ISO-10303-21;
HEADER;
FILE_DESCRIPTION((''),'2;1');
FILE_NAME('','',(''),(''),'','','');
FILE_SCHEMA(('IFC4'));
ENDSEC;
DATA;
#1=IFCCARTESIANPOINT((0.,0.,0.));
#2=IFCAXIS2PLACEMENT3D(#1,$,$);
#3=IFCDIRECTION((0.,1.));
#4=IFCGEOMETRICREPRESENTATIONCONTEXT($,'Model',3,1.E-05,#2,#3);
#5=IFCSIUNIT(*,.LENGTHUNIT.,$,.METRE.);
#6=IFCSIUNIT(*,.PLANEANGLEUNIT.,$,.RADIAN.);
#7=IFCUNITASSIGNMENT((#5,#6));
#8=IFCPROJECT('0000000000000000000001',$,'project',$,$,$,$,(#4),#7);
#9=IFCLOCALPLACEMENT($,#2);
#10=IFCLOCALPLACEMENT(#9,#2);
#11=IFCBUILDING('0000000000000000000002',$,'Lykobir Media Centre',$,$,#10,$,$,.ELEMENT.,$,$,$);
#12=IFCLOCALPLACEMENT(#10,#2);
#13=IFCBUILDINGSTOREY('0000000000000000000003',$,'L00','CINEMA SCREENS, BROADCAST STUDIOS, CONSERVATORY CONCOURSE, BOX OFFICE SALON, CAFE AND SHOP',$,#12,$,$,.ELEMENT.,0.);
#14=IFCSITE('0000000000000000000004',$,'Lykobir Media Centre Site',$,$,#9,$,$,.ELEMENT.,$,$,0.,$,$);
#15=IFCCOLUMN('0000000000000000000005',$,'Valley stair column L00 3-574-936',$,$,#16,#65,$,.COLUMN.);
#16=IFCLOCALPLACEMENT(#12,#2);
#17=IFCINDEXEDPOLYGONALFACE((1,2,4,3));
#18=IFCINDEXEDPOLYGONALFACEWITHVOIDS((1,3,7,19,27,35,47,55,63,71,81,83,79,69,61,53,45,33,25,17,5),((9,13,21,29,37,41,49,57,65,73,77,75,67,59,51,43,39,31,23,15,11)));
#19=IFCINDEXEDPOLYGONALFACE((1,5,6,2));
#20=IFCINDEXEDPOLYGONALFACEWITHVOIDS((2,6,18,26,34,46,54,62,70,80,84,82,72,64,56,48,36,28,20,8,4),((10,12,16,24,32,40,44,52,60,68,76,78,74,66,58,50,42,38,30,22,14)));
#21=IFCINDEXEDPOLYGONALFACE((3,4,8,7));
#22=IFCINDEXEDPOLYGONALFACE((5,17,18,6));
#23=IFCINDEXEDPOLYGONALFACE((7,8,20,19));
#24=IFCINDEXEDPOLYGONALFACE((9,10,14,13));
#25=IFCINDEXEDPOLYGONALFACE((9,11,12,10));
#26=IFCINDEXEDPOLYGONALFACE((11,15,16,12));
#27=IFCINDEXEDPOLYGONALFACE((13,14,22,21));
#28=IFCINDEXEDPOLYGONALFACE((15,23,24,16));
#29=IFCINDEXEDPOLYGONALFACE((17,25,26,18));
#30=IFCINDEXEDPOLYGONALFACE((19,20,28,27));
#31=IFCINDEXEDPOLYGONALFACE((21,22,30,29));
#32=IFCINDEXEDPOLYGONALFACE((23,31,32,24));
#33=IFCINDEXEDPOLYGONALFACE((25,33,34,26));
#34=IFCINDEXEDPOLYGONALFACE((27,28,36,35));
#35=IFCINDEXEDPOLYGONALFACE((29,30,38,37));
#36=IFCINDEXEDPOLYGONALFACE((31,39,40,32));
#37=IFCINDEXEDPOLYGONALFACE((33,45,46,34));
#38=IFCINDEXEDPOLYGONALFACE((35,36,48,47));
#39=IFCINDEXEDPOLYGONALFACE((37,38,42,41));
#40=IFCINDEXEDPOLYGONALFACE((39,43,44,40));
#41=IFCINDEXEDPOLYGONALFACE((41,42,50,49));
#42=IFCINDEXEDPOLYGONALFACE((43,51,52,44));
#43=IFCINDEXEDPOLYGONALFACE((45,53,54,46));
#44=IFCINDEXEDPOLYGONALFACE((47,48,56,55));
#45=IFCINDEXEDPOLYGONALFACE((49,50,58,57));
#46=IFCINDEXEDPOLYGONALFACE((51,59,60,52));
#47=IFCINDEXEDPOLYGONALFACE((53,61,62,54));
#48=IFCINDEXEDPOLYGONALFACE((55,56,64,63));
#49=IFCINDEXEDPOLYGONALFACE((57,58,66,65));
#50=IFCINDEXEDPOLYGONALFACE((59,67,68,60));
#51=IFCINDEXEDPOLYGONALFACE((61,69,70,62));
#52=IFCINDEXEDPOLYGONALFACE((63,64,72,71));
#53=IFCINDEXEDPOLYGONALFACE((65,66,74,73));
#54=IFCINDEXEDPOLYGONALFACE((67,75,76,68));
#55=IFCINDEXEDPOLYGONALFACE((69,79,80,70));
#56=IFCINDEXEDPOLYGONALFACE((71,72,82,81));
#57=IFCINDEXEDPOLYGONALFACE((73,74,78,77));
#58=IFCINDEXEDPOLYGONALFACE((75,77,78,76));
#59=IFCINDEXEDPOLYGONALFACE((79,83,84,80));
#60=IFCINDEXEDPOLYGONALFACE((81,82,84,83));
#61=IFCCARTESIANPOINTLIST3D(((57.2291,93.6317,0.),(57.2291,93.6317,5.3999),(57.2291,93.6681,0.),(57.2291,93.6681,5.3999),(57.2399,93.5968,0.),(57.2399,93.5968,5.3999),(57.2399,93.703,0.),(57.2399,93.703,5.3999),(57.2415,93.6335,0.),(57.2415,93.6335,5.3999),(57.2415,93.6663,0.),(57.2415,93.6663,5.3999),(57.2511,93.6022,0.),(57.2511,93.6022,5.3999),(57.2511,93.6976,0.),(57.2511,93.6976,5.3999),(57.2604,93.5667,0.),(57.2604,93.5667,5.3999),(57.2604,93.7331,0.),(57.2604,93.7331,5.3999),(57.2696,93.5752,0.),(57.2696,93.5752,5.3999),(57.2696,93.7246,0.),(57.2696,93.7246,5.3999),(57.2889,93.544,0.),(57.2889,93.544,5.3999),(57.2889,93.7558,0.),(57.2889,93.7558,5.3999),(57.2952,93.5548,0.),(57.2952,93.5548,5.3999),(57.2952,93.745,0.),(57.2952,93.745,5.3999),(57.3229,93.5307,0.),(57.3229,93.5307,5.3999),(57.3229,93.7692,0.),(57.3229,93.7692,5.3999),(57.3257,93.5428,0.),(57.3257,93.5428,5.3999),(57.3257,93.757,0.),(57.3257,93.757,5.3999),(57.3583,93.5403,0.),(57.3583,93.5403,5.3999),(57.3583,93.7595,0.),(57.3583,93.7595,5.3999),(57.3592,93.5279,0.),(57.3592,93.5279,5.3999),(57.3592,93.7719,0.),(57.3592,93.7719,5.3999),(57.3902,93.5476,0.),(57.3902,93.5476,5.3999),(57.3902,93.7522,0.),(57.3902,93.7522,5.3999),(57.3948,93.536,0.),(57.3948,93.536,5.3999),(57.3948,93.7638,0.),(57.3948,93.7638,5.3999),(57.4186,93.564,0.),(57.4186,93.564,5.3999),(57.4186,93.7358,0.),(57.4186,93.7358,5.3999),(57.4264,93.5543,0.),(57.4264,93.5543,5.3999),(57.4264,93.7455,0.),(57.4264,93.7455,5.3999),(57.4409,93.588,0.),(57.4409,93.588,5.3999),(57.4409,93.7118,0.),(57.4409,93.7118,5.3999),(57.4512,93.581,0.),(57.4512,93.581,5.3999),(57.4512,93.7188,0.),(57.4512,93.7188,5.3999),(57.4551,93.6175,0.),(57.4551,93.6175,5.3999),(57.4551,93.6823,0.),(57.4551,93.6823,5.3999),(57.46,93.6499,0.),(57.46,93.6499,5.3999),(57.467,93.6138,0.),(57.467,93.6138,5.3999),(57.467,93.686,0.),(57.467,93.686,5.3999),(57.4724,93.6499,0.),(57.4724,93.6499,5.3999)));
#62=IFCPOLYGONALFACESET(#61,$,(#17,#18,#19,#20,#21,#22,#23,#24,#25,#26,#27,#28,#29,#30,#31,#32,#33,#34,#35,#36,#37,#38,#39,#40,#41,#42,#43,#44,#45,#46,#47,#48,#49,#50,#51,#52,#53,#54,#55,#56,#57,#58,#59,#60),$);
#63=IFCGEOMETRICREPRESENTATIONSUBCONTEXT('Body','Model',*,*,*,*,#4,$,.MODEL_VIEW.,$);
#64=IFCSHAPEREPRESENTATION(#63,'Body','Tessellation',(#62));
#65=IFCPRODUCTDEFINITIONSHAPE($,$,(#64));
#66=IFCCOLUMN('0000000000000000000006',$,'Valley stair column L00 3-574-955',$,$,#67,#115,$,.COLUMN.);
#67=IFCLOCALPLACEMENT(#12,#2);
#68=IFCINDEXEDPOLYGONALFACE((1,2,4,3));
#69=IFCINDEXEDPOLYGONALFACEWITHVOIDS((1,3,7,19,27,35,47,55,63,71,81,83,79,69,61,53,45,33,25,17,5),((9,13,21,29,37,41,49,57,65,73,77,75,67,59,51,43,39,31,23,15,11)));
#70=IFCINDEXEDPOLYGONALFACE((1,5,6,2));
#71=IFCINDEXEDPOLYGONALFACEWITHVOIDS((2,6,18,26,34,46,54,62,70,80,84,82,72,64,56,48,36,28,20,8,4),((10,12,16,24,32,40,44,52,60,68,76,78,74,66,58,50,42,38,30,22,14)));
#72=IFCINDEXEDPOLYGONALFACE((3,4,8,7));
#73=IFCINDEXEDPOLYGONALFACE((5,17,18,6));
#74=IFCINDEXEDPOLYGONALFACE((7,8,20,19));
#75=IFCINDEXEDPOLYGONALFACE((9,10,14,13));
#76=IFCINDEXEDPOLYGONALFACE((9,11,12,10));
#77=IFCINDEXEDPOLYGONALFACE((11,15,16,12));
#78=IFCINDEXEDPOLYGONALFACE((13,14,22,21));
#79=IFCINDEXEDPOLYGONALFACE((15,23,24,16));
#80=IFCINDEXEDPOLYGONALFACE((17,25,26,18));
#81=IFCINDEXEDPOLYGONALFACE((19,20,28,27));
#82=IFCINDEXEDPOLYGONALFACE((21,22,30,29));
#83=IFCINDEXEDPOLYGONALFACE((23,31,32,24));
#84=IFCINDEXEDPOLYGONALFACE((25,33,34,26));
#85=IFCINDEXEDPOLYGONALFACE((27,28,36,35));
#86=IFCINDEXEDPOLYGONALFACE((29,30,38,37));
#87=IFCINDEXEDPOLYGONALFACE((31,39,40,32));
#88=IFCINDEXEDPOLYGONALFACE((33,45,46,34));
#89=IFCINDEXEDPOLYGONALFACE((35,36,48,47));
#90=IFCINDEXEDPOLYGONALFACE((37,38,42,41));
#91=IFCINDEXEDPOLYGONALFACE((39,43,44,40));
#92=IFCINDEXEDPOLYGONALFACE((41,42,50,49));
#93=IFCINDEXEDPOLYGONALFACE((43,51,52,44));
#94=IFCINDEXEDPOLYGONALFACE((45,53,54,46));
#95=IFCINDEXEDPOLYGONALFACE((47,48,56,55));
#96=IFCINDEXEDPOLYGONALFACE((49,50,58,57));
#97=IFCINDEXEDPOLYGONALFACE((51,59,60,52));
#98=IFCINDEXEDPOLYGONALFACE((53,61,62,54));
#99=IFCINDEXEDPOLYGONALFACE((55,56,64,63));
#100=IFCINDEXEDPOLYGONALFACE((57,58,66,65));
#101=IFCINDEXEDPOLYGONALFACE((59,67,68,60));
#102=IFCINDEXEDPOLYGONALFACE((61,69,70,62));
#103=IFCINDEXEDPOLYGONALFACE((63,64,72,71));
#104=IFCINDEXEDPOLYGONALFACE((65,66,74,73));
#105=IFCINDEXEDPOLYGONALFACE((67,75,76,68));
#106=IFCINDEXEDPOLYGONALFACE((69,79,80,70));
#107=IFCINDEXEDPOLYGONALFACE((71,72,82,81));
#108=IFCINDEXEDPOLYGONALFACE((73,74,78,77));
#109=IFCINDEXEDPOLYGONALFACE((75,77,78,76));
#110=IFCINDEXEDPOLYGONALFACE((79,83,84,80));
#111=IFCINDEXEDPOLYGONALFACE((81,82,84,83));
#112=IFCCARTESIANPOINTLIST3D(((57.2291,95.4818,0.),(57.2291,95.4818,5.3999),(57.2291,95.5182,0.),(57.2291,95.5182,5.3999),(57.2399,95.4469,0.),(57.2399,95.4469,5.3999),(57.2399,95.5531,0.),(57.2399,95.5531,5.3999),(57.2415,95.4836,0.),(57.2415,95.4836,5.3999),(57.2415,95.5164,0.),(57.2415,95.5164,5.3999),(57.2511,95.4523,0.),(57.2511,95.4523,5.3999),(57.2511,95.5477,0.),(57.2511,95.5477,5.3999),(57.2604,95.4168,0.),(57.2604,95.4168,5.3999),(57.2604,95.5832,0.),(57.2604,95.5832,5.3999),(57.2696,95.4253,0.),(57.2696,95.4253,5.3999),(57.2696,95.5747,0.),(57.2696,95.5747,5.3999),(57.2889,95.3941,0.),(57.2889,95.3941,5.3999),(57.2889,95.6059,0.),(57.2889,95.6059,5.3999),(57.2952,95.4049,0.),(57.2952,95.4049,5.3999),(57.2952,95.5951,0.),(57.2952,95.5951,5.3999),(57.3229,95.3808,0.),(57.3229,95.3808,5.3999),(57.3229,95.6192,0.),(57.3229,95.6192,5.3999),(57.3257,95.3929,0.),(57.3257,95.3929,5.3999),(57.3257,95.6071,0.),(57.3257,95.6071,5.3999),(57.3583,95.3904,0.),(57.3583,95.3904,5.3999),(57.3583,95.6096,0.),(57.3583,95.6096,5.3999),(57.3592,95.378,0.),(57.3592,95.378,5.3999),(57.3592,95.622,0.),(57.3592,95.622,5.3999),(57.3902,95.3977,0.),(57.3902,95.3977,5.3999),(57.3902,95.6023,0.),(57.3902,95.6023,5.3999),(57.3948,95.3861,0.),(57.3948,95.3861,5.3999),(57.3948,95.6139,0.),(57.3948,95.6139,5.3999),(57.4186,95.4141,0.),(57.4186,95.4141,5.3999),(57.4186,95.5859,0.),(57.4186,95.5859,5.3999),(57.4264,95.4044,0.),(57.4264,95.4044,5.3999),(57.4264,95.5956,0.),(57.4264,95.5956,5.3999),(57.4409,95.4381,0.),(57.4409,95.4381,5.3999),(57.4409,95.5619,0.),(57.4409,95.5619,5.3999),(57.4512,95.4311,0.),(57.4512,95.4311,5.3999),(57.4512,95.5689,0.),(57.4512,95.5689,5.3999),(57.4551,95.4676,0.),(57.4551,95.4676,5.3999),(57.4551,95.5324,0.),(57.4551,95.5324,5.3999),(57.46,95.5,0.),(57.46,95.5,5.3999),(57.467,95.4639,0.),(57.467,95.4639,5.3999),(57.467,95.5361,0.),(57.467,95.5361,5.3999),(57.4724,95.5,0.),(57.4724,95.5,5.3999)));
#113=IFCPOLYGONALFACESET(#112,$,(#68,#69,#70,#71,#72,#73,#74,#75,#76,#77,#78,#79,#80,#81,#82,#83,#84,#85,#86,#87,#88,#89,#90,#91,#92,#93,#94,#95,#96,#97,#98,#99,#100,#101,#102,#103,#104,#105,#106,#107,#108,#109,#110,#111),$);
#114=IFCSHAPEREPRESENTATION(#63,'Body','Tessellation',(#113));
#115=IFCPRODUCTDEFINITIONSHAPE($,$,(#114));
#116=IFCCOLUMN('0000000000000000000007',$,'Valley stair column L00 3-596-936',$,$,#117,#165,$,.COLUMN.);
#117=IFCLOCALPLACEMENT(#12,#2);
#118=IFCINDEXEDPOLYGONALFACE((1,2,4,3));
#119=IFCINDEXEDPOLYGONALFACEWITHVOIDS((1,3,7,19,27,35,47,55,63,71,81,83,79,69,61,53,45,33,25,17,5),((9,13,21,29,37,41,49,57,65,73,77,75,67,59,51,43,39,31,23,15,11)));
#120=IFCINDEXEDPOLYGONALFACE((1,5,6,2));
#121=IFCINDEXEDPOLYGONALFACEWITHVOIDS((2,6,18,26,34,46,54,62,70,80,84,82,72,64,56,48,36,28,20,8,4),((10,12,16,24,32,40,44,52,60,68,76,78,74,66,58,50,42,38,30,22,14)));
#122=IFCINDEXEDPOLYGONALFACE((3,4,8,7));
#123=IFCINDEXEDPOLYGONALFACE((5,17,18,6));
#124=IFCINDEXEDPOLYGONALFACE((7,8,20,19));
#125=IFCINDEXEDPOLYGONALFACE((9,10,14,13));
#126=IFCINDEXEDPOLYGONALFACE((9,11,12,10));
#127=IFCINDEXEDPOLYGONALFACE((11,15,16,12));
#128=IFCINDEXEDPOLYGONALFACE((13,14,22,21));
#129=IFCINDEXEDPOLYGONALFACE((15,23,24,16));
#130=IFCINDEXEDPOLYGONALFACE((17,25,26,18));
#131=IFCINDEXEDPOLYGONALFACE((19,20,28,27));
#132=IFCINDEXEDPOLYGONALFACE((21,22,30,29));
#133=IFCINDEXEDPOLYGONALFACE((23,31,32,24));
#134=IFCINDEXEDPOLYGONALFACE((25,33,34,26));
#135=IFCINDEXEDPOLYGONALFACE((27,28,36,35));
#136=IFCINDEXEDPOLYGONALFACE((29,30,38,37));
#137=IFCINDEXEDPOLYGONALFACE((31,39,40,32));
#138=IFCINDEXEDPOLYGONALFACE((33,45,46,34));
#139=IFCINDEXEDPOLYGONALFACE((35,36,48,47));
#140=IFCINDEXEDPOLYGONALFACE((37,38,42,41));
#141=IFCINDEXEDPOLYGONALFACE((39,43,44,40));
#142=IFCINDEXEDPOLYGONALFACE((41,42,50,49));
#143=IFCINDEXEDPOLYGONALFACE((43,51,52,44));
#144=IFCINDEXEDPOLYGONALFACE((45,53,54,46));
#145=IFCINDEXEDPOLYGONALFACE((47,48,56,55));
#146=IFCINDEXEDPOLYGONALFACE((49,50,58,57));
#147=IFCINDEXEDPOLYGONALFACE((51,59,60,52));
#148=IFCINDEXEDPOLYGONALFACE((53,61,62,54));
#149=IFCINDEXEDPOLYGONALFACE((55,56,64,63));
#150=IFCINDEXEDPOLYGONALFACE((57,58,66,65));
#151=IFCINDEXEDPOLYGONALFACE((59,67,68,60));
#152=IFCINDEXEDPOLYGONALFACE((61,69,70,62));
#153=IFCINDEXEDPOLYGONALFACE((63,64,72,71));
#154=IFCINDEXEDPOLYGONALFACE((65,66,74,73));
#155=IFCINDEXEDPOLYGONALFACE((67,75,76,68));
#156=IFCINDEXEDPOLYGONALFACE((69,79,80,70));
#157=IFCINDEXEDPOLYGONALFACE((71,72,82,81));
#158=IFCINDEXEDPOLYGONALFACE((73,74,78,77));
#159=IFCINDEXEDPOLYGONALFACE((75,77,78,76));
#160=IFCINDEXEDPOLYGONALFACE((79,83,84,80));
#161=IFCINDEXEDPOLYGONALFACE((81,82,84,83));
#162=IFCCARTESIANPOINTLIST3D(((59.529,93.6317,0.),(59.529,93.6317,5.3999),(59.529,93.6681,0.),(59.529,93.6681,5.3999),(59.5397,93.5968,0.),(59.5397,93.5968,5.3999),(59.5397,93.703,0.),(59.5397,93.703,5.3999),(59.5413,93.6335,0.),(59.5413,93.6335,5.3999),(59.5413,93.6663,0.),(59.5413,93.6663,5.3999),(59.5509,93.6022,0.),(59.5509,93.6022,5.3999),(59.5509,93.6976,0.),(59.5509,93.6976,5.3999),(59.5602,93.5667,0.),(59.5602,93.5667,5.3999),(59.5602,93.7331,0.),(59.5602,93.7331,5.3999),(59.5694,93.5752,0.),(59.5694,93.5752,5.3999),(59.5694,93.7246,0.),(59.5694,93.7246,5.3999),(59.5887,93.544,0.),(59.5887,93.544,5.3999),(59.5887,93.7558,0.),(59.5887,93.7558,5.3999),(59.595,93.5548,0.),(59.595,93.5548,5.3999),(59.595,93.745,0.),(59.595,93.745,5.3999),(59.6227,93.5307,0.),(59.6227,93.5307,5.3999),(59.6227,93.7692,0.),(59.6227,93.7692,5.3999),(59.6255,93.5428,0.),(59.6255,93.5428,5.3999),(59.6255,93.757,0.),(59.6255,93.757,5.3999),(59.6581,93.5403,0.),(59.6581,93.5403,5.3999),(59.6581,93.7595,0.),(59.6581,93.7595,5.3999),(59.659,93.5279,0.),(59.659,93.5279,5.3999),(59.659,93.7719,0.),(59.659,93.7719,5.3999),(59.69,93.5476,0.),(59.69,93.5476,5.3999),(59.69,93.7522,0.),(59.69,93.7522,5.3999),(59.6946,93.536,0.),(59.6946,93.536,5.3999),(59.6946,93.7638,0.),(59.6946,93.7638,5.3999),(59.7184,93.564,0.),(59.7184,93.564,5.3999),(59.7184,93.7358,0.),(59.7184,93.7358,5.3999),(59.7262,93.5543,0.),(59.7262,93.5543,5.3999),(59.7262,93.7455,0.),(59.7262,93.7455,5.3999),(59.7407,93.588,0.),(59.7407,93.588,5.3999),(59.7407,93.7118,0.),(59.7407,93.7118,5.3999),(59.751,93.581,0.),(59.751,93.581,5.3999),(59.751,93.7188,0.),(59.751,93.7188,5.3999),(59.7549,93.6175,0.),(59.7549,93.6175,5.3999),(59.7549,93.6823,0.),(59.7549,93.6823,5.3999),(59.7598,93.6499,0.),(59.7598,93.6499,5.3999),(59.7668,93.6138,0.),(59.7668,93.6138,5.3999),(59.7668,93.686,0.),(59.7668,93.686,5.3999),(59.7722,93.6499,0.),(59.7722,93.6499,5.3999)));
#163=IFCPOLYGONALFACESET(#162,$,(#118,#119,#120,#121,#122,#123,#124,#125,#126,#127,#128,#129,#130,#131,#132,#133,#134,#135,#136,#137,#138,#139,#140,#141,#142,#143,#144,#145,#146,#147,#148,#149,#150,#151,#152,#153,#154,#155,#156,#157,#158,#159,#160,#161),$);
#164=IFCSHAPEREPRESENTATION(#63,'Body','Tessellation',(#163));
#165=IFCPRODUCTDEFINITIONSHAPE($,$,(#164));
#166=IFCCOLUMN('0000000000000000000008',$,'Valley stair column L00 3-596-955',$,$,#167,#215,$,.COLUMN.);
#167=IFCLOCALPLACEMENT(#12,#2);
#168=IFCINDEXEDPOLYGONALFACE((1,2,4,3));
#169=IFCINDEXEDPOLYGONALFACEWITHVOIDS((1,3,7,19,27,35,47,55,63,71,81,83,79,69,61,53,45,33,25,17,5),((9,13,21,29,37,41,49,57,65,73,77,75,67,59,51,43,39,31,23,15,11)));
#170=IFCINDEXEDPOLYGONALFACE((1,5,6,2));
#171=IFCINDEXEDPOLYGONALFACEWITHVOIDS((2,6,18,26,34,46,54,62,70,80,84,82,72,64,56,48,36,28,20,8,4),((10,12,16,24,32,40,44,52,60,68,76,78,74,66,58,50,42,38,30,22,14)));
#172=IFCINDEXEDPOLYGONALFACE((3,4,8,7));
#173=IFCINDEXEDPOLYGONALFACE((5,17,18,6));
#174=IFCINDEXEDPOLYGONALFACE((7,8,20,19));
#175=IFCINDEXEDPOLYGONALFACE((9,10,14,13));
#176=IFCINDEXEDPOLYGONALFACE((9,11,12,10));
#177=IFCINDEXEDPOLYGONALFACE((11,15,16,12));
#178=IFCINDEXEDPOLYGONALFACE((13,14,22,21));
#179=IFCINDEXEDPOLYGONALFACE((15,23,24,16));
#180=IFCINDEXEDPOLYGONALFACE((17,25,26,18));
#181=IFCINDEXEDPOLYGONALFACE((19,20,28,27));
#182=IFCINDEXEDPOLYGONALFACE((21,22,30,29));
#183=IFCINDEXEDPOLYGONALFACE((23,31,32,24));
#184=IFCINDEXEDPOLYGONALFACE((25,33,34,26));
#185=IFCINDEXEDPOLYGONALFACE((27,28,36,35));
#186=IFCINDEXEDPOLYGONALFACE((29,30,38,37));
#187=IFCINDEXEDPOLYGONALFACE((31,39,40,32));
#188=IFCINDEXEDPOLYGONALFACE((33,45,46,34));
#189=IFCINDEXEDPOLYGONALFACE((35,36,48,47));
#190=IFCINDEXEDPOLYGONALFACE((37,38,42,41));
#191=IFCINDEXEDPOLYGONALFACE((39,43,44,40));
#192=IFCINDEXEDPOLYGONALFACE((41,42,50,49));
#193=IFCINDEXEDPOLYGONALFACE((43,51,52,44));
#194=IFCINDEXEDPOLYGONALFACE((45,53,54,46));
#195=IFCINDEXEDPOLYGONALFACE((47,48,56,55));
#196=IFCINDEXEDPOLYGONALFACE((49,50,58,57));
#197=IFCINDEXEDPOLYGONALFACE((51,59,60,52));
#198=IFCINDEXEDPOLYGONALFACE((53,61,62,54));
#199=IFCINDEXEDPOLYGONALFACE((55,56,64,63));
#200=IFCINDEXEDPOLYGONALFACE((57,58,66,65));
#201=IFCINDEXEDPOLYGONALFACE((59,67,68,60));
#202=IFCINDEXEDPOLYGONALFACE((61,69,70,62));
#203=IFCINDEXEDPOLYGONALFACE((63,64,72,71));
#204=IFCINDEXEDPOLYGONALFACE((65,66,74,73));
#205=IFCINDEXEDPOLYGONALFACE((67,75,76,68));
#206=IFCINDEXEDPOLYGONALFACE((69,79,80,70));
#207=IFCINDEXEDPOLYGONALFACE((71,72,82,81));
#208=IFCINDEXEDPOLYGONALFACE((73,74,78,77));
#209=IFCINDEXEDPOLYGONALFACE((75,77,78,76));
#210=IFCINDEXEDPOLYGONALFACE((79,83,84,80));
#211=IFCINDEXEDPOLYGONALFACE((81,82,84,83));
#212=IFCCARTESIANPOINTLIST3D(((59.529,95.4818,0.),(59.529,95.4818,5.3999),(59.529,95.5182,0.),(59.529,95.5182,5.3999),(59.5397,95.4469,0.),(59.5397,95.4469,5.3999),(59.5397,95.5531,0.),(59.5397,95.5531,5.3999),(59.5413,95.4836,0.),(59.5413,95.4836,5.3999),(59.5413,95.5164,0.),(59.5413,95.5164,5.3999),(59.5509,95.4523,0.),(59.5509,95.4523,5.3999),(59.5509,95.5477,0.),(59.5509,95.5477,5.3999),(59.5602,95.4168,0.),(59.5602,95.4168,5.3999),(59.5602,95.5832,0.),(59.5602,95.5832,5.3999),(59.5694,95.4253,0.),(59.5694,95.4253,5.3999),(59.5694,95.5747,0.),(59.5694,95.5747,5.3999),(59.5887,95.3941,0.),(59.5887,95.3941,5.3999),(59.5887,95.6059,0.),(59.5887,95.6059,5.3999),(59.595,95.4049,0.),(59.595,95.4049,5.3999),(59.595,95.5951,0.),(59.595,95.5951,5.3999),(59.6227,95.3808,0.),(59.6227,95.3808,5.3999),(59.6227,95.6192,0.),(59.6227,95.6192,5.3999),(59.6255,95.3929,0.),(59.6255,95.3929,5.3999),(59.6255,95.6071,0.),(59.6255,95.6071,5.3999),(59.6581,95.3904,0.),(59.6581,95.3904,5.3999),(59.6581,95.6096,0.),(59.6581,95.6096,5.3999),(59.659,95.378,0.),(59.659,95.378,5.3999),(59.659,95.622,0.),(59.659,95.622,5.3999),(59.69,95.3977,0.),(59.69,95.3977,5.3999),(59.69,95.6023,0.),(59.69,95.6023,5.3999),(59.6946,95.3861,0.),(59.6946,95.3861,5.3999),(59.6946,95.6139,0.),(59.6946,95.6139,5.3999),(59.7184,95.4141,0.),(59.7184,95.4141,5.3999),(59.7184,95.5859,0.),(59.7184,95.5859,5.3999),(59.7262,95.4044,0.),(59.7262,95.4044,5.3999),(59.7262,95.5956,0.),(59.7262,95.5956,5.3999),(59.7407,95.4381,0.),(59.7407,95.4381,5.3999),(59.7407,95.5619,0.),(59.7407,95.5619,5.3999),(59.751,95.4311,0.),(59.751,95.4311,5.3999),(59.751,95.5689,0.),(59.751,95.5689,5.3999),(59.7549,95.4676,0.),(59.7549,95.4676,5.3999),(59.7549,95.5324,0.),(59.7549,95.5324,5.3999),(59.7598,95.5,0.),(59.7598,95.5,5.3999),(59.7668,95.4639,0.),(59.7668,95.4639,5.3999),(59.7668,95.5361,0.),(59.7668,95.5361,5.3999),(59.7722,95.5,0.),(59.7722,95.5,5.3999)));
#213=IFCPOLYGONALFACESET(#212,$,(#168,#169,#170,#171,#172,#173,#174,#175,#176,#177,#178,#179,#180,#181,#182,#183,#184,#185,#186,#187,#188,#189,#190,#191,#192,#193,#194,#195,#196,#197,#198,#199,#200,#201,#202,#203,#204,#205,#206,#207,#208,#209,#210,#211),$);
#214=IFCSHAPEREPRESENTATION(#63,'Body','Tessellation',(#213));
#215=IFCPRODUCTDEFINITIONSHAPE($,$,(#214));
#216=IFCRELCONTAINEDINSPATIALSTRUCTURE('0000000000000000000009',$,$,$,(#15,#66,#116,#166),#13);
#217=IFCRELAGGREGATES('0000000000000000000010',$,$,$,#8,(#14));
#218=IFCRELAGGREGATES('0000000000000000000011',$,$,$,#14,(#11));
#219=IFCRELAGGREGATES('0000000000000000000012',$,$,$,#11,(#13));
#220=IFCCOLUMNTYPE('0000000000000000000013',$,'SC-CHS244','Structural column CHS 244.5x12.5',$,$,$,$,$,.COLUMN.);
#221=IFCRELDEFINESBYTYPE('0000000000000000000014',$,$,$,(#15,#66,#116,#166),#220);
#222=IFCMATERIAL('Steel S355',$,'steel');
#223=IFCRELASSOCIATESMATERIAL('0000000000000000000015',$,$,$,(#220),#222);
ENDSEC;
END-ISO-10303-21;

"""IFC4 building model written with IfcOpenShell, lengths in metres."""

from ifc_helpers import new_model, si_unit, direction, frame, origin, origin_2d, place, context, subcontext, project, spatial, hollow_circle, extrude, material, material_profile, profile_set, type_object, element, save


model = new_model("IFC4")

# Units and contexts
model_context = context("Model", 3, precision=1e-05, world=origin(), true_north=direction((0.0, 1.0)))
body_context = subcontext(model_context, "Body", "Model", "MODEL_VIEW")
ifc_project = project(units=[si_unit("LENGTHUNIT", "METRE"), si_unit("PLANEANGLEUNIT", "RADIAN")], contexts=[model_context])

# Site, building, storey
site_placement = place(None, origin())
site = spatial("IfcSite", under=ifc_project, at=site_placement, Name="Lykobir Media Centre Site", CompositionType="ELEMENT", RefElevation=0.0)
building_placement = place(site_placement, origin())
building = spatial("IfcBuilding", under=site, at=building_placement, Name="Lykobir Media Centre", CompositionType="ELEMENT")
storey_placement = place(building_placement, origin())
storey = spatial("IfcBuildingStorey", under=building, at=storey_placement, Name="L00", Description="CINEMA SCREENS, BROADCAST STUDIOS, CONSERVATORY CONCOURSE, BOX OFFICE SALON, CAFE AND SHOP", CompositionType="ELEMENT", Elevation=0.0)

# Columns
ifc_material = material(Name="Steel S355", Category="steel")
ifc_material_profile_1 = material_profile(ifc_material, hollow_circle(Radius=0.1223, WallThickness=0.0125, at=origin_2d()), Name="CHS 244.5x12.5")
ifc_profile_set_1 = profile_set([ifc_material_profile_1], Name="Steel S355")
column_type_1 = type_object("IfcColumnType", Name="SC-CHS244", Description="Structural column CHS 244.5x12.5", PredefinedType="COLUMN", material=ifc_profile_set_1)
for number, where, z_axis, x_axis, name in (
    (1, (57.3501, 93.6499, 0.0), (0.0, 0.0, 1.0), (1.0, 0.0, 0.0), "Valley stair column L00 3-574-936"),
    (2, (57.3501, 95.5, 0.0), (0.0, 0.0, 1.0), (1.0, 0.0, 0.0), "Valley stair column L00 3-574-955"),
    (3, (59.6499, 93.6499, 0.0), (0.0, 0.0, 1.0), (1.0, 0.0, 0.0), "Valley stair column L00 3-596-936"),
    (4, (59.6499, 95.5, 0.0), (0.0, 0.0, 1.0), (1.0, 0.0, 0.0), "Valley stair column L00 3-596-955"),
):
    element("IfcColumn", number, at=place(storey_placement, frame(where, z_axis=z_axis, x_axis=x_axis)), inside=storey, type_object=column_type_1, Name=name, PredefinedType="COLUMN", context=body_context, shape_type="SweptSolid", body=[
        extrude(hollow_circle(Radius=0.1223, WallThickness=0.0125, at=origin_2d()), origin(), (0.0, 0.0, 1.0), 5.3999),
    ])

save(model, "model.ifc")
